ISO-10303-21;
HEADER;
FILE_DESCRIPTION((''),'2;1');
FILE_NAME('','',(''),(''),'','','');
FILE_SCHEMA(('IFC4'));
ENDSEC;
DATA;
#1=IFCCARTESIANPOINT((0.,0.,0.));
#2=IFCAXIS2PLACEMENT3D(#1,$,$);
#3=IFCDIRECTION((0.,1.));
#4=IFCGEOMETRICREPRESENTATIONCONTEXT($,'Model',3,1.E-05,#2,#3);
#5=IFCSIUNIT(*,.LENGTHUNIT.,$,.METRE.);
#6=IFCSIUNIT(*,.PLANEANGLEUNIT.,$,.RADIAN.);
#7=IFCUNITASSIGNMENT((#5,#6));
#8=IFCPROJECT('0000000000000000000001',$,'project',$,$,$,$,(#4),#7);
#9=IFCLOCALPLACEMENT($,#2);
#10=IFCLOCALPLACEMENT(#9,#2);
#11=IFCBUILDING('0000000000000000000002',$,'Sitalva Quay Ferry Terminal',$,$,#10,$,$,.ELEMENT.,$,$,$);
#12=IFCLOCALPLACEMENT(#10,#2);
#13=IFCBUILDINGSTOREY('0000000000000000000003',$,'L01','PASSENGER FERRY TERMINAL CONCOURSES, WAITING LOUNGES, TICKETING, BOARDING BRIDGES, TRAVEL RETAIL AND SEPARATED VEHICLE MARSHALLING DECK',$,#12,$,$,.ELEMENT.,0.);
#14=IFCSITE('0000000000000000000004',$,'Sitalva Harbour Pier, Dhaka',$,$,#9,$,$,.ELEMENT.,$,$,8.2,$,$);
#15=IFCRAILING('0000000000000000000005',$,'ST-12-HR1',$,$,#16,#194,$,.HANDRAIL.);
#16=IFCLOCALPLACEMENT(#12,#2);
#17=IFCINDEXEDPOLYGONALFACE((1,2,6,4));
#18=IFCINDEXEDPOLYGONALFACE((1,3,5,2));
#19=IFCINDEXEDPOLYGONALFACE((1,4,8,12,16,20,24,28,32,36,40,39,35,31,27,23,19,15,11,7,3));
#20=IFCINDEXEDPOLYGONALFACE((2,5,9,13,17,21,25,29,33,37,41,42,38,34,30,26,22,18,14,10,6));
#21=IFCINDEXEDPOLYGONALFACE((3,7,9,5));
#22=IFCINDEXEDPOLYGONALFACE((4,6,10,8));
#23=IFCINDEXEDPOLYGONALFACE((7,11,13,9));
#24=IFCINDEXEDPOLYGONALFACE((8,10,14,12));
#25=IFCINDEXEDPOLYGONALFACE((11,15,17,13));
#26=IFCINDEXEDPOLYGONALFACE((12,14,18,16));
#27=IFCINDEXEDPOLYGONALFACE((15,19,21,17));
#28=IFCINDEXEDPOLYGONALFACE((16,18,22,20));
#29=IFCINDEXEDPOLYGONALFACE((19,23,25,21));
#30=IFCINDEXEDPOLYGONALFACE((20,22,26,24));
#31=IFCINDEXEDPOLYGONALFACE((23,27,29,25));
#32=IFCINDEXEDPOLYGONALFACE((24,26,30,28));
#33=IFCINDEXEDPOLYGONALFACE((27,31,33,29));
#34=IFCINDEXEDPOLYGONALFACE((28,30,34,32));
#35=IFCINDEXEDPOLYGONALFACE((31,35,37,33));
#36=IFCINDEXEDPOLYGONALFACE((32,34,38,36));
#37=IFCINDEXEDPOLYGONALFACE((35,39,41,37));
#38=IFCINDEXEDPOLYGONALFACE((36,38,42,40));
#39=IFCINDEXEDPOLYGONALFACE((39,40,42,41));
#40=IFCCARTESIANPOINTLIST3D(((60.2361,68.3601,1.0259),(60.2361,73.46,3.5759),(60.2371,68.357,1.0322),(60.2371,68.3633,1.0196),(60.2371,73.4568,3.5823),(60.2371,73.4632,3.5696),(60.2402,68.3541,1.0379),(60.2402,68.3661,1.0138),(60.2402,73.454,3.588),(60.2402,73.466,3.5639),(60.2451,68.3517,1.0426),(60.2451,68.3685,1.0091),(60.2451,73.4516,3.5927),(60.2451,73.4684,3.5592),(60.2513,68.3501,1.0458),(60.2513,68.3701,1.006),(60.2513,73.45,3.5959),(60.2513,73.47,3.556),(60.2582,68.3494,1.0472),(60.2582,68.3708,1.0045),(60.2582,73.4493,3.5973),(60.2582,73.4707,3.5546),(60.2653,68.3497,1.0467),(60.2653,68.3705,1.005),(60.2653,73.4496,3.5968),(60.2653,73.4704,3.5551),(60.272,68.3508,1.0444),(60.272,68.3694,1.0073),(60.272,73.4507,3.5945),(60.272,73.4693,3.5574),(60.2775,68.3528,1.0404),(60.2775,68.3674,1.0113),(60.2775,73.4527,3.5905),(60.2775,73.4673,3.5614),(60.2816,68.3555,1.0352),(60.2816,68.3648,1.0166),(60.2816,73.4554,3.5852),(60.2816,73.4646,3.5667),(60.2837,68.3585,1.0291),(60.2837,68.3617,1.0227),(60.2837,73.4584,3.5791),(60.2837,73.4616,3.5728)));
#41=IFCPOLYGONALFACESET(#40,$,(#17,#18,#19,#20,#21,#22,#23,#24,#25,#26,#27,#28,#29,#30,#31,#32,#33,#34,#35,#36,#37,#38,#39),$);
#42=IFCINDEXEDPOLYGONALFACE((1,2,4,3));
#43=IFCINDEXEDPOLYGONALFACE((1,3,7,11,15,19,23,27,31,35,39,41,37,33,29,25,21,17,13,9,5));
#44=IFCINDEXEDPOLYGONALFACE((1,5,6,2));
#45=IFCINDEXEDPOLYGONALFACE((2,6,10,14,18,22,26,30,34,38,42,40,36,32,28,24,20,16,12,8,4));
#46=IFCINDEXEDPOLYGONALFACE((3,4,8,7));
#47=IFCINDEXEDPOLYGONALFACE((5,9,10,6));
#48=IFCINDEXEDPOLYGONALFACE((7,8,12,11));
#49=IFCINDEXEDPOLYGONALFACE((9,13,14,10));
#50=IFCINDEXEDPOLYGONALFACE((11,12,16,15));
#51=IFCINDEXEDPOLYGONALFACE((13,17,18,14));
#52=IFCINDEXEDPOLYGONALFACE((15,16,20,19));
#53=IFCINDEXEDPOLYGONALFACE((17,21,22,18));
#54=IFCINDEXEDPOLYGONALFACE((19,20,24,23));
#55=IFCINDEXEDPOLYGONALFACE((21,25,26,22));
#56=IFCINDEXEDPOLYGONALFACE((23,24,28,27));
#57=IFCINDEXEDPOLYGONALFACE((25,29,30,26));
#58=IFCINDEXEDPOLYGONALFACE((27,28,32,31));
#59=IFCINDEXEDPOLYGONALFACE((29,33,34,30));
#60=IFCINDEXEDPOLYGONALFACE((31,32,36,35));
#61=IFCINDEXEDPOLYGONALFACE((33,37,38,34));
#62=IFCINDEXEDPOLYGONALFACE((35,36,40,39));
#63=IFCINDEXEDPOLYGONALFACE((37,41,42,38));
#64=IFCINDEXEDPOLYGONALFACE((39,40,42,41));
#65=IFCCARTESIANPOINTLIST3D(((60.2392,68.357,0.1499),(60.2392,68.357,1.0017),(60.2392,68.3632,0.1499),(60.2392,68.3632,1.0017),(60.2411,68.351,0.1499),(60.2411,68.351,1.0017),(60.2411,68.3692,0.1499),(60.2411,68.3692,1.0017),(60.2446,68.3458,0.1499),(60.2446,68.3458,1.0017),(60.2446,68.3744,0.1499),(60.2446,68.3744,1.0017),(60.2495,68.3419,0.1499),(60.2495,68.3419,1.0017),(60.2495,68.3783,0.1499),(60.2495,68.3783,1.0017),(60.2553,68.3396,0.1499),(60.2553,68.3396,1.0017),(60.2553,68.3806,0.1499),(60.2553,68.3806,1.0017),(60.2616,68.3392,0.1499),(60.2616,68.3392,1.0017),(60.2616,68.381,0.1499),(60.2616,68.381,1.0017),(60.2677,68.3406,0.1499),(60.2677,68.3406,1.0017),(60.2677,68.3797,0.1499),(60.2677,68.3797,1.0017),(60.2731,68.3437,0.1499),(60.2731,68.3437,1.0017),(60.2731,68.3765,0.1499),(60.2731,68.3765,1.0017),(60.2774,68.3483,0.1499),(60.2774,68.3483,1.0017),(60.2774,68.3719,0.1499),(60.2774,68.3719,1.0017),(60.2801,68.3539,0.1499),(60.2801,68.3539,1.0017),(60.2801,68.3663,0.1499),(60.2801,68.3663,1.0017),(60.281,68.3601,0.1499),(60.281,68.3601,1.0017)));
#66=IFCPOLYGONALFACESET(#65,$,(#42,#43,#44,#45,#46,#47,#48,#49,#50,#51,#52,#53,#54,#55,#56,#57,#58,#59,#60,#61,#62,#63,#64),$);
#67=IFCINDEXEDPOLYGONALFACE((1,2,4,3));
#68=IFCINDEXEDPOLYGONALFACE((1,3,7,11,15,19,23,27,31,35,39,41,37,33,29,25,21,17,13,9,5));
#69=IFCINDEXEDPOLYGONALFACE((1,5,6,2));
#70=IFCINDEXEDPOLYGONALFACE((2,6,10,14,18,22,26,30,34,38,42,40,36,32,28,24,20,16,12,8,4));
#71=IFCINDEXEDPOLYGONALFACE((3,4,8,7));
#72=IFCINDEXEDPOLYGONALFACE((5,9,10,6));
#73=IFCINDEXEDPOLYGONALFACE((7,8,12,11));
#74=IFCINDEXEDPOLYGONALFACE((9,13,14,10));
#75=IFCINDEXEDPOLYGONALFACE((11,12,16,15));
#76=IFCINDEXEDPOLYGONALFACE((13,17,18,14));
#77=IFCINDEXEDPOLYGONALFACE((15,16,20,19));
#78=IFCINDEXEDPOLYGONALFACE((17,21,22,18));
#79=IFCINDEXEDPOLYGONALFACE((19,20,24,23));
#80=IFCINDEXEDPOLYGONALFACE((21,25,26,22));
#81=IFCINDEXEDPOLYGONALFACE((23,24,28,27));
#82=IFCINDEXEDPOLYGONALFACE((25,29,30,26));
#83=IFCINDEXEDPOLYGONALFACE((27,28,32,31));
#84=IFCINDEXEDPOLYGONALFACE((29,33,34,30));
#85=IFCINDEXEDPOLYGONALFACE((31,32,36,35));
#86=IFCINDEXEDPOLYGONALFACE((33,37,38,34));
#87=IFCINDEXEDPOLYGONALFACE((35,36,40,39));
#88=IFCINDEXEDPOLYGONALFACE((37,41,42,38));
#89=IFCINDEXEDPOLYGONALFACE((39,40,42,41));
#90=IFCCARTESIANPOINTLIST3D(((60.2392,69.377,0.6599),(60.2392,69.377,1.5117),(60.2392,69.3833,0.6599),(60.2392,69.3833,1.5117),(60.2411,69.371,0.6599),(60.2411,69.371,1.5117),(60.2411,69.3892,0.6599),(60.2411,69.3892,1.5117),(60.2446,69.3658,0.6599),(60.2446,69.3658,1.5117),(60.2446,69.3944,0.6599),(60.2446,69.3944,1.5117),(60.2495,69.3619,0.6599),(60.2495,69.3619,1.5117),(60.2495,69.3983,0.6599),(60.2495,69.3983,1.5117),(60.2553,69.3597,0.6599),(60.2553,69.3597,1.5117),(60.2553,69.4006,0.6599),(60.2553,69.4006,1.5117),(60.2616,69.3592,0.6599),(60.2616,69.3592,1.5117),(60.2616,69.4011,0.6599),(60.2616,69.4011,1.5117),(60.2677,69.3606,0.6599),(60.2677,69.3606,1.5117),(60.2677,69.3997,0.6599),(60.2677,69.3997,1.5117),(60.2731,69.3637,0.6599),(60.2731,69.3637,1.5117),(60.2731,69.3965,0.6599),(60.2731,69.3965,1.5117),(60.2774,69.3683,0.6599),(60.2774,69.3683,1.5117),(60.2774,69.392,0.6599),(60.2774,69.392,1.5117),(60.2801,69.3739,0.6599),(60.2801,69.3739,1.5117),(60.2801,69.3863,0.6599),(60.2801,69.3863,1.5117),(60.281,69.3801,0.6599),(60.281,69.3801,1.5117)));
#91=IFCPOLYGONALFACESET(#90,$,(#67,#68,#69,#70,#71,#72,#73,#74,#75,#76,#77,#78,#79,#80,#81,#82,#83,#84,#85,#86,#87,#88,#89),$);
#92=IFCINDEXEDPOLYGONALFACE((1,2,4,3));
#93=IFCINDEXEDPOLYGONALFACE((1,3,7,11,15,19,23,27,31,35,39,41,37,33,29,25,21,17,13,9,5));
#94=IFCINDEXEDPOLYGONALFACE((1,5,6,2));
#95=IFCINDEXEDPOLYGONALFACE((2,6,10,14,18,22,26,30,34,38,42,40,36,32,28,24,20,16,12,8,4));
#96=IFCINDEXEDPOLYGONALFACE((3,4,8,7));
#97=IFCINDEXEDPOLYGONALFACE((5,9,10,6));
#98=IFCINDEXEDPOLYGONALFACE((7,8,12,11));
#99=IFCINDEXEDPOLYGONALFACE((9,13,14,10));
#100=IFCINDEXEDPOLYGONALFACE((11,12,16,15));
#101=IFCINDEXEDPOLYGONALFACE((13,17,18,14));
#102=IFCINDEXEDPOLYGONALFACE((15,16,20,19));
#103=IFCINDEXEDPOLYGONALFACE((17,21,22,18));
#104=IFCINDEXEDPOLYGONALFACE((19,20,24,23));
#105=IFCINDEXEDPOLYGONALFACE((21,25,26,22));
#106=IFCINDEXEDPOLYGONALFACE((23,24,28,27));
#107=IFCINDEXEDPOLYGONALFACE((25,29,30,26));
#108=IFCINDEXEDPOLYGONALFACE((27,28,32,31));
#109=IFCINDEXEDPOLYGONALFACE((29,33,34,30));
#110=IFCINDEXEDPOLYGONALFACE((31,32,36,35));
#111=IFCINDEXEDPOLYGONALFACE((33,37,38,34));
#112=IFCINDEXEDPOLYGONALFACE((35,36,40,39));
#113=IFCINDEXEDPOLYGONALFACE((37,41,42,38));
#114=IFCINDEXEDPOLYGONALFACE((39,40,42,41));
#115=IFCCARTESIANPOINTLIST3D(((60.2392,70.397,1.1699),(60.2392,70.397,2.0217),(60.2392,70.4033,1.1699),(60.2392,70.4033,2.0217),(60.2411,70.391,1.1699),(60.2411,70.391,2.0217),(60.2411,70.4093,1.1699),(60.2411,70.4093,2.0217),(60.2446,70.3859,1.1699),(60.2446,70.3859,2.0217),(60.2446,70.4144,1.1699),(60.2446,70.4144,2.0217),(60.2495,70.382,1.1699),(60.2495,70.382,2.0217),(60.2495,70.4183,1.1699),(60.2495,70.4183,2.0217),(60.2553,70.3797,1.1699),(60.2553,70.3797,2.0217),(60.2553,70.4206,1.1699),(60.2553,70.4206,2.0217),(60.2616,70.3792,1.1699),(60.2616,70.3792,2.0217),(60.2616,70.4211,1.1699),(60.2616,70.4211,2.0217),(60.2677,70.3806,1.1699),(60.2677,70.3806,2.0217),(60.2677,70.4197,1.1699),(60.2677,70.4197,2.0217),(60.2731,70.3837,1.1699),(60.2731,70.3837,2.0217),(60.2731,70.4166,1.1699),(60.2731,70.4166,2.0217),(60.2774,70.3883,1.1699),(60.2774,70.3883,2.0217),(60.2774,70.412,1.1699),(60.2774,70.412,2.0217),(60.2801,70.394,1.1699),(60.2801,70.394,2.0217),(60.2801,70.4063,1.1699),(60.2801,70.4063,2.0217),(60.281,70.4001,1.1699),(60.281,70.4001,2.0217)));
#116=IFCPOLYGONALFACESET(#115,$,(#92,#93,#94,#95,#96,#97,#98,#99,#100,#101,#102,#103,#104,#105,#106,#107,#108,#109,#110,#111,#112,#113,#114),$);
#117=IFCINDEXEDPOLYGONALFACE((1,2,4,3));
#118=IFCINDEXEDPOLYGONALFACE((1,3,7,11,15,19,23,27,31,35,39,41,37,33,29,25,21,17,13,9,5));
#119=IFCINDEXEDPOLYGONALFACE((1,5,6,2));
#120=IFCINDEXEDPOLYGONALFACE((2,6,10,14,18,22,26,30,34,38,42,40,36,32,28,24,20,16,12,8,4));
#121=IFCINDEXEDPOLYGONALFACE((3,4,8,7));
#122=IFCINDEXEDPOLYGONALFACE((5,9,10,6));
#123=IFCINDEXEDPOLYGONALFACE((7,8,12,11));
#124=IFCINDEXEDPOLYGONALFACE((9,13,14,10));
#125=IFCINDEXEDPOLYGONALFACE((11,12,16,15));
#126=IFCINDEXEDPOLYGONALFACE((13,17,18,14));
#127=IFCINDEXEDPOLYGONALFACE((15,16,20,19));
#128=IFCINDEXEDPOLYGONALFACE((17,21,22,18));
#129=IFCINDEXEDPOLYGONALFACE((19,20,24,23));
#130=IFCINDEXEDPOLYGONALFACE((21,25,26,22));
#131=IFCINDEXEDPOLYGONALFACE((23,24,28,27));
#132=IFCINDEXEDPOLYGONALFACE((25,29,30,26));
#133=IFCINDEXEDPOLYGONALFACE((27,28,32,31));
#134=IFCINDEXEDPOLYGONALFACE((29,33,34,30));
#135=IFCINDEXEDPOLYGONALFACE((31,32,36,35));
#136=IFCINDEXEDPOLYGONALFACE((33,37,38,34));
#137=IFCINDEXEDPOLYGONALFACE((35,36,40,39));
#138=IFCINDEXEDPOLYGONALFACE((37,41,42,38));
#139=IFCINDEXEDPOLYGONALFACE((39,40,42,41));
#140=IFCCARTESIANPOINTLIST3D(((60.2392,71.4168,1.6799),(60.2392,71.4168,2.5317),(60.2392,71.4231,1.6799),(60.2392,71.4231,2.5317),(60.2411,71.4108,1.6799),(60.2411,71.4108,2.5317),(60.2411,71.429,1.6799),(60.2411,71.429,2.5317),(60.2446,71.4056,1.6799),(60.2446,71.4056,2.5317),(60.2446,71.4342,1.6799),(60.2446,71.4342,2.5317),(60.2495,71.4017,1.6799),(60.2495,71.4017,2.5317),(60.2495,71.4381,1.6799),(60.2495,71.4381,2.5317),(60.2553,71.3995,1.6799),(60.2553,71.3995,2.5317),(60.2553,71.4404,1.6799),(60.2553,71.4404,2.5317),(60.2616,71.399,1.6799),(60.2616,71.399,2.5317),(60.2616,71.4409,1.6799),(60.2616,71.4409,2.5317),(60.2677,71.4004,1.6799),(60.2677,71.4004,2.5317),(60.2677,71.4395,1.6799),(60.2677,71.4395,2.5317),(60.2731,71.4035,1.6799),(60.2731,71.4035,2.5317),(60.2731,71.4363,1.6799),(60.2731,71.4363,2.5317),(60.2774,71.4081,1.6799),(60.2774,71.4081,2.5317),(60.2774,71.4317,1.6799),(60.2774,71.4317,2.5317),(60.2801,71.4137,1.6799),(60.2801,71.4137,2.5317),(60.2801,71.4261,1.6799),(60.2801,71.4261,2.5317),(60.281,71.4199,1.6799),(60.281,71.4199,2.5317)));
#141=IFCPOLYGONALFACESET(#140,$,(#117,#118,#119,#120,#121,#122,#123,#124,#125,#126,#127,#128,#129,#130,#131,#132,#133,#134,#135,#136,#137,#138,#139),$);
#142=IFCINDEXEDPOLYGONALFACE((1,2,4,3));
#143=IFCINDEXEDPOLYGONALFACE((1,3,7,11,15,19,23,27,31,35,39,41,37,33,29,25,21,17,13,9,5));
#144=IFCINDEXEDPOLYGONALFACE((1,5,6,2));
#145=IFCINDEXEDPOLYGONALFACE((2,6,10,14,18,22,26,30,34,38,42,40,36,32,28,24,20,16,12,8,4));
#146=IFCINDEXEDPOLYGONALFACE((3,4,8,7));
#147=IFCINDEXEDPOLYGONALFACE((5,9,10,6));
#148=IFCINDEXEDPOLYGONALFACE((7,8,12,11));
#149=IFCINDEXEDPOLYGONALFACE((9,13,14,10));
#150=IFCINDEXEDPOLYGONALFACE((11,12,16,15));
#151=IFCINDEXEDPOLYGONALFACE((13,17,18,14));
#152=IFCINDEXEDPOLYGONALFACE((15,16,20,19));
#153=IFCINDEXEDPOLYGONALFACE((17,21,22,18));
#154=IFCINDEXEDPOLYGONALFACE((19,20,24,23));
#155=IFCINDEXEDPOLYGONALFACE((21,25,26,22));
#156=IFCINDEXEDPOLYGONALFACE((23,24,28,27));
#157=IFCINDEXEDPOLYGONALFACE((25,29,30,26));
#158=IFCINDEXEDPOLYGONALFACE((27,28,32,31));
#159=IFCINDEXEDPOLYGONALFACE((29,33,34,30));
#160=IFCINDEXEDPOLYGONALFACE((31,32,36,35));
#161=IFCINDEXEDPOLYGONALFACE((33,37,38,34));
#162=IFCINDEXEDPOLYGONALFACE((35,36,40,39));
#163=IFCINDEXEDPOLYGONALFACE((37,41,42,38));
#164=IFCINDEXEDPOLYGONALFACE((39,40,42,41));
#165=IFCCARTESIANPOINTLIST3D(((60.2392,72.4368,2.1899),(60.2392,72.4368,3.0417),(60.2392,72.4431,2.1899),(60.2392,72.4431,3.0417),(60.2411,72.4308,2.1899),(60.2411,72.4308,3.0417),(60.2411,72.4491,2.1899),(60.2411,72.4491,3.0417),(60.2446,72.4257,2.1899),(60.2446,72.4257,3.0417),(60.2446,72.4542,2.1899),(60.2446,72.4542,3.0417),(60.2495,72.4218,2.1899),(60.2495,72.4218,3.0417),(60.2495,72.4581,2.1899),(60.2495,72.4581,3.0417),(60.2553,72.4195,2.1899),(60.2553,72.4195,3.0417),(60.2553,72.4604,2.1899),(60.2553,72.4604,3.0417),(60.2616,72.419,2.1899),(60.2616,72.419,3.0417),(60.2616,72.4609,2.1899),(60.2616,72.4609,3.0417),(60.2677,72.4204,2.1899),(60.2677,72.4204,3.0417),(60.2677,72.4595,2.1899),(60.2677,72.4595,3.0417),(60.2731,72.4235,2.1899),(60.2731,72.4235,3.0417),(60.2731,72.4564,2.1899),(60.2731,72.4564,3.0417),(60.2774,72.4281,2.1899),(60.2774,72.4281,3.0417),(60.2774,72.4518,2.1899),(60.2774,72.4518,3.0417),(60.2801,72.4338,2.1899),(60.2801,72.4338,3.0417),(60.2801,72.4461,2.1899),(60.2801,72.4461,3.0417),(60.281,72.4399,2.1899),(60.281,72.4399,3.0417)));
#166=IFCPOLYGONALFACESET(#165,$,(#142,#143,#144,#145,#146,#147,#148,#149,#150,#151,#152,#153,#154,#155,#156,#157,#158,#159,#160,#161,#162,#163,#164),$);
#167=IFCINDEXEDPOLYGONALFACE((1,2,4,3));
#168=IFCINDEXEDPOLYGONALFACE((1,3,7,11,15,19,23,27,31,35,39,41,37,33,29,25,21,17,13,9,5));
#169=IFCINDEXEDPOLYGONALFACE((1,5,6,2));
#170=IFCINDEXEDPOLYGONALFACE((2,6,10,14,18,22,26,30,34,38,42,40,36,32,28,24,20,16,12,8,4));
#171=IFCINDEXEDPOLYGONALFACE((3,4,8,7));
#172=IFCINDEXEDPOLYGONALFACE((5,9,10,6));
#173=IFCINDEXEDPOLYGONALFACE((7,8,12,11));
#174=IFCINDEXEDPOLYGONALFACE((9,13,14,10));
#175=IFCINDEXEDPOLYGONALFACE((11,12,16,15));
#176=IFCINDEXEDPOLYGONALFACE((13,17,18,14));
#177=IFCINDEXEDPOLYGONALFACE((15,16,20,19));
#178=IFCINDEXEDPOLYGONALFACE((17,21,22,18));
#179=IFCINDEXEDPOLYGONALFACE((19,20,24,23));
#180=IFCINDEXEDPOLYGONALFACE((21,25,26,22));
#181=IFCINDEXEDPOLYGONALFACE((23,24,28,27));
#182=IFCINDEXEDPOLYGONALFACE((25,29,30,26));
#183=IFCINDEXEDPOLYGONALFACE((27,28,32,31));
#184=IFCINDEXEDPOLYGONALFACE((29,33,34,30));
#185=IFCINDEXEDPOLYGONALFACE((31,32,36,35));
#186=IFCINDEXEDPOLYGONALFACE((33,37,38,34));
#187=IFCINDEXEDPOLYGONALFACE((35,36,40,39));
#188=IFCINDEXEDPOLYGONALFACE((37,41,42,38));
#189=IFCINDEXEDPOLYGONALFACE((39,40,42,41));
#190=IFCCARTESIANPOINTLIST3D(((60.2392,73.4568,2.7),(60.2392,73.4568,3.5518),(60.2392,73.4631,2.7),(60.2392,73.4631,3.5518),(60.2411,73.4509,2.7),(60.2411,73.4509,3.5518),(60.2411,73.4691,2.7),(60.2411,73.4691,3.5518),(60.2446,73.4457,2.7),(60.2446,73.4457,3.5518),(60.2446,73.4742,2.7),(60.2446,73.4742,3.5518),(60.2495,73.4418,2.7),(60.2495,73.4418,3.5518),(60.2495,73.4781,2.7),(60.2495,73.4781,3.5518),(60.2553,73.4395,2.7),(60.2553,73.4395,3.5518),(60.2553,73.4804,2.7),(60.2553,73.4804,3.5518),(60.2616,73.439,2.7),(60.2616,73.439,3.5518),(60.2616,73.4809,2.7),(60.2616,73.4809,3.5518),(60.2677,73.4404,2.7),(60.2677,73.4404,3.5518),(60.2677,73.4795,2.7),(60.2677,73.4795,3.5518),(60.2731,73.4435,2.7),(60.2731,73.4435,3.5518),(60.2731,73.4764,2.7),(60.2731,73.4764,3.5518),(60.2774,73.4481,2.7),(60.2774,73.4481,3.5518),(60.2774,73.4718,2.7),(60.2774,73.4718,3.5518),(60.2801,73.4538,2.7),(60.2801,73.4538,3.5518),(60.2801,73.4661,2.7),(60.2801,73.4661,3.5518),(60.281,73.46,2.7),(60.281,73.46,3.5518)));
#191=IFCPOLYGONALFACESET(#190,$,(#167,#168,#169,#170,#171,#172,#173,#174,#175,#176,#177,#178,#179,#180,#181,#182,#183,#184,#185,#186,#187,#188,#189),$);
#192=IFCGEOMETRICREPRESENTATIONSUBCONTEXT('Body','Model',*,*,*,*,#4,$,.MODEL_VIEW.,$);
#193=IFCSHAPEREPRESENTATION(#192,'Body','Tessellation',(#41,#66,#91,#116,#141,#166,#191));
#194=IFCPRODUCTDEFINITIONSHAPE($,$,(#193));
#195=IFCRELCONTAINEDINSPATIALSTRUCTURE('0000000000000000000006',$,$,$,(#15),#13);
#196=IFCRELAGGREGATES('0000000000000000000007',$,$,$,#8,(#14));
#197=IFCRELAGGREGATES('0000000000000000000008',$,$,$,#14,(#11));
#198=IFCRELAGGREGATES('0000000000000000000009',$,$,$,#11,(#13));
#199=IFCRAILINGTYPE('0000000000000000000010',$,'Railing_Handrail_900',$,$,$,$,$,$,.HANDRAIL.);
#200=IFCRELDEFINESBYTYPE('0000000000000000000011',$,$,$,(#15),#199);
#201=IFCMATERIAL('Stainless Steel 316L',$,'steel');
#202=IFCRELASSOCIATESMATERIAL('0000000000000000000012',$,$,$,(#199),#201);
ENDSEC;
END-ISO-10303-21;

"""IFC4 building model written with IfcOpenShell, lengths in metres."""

from ifc_helpers import new_model, si_unit, direction, frame, origin, origin_2d, place, context, subcontext, project, spatial, circle, extrude, material, type_object, element, save


model = new_model("IFC4")

# Units and contexts
model_context = context("Model", 3, precision=1e-05, world=origin(), true_north=direction((0.0, 1.0)))
body_context = subcontext(model_context, "Body", "Model", "MODEL_VIEW")
ifc_project = project(units=[si_unit("LENGTHUNIT", "METRE"), si_unit("PLANEANGLEUNIT", "RADIAN")], contexts=[model_context])

# Site, building, storey
site_placement = place(None, origin())
site = spatial("IfcSite", under=ifc_project, at=site_placement, Name="Sitalva Harbour Pier, Dhaka", CompositionType="ELEMENT", RefElevation=8.2)
building_placement = place(site_placement, origin())
building = spatial("IfcBuilding", under=site, at=building_placement, Name="Sitalva Quay Ferry Terminal", CompositionType="ELEMENT")
storey_placement = place(building_placement, origin())
storey = spatial("IfcBuildingStorey", under=building, at=storey_placement, Name="L01", Description="PASSENGER FERRY TERMINAL CONCOURSES, WAITING LOUNGES, TICKETING, BOARDING BRIDGES, TRAVEL RETAIL AND SEPARATED VEHICLE MARSHALLING DECK", CompositionType="ELEMENT", Elevation=0.0)

# Railing
ifc_material_1 = material(Name="Stainless Steel 316L", Category="steel")
railing_type_1 = type_object("IfcRailingType", Name="Railing_Handrail_900", PredefinedType="HANDRAIL", material=ifc_material_1)
railing_1_placement = place(storey_placement, frame((60.26, 68.3601, 0.1499)))
element("IfcRailing", 1, at=railing_1_placement, inside=storey, type_object=railing_type_1, Name="ST-12-HR1", PredefinedType="HANDRAIL", context=body_context, shape_type="SweptSolid", body=[
    extrude(circle(Radius=0.0239, at=origin_2d()), frame((0.0, 0.0, 0.876), z_axis=(0.0, 0.894419, 0.447231), x_axis=(-1.0, 0.0, 0.0)), (0.0, 0.0, 1.0), 5.7019),
    extrude(circle(Radius=0.021, at=origin_2d()), origin(), (0.0, 0.0, 1.0), 0.8518),
    extrude(circle(Radius=0.021, at=origin_2d()), frame((0.0, 1.02, 0.51)), (0.0, 0.0, 1.0), 0.8518),
    extrude(circle(Radius=0.021, at=origin_2d()), frame((0.0, 2.04, 1.02)), (0.0, 0.0, 1.0), 0.8518),
    extrude(circle(Radius=0.021, at=origin_2d()), frame((0.0, 3.0598, 1.53)), (0.0, 0.0, 1.0), 0.8518),
    extrude(circle(Radius=0.021, at=origin_2d()), frame((0.0, 4.0798, 2.04)), (0.0, 0.0, 1.0), 0.8518),
    extrude(circle(Radius=0.021, at=origin_2d()), frame((0.0, 5.0999, 2.55)), (0.0, 0.0, 1.0), 0.8518),
])

save(model, "model.ifc")
